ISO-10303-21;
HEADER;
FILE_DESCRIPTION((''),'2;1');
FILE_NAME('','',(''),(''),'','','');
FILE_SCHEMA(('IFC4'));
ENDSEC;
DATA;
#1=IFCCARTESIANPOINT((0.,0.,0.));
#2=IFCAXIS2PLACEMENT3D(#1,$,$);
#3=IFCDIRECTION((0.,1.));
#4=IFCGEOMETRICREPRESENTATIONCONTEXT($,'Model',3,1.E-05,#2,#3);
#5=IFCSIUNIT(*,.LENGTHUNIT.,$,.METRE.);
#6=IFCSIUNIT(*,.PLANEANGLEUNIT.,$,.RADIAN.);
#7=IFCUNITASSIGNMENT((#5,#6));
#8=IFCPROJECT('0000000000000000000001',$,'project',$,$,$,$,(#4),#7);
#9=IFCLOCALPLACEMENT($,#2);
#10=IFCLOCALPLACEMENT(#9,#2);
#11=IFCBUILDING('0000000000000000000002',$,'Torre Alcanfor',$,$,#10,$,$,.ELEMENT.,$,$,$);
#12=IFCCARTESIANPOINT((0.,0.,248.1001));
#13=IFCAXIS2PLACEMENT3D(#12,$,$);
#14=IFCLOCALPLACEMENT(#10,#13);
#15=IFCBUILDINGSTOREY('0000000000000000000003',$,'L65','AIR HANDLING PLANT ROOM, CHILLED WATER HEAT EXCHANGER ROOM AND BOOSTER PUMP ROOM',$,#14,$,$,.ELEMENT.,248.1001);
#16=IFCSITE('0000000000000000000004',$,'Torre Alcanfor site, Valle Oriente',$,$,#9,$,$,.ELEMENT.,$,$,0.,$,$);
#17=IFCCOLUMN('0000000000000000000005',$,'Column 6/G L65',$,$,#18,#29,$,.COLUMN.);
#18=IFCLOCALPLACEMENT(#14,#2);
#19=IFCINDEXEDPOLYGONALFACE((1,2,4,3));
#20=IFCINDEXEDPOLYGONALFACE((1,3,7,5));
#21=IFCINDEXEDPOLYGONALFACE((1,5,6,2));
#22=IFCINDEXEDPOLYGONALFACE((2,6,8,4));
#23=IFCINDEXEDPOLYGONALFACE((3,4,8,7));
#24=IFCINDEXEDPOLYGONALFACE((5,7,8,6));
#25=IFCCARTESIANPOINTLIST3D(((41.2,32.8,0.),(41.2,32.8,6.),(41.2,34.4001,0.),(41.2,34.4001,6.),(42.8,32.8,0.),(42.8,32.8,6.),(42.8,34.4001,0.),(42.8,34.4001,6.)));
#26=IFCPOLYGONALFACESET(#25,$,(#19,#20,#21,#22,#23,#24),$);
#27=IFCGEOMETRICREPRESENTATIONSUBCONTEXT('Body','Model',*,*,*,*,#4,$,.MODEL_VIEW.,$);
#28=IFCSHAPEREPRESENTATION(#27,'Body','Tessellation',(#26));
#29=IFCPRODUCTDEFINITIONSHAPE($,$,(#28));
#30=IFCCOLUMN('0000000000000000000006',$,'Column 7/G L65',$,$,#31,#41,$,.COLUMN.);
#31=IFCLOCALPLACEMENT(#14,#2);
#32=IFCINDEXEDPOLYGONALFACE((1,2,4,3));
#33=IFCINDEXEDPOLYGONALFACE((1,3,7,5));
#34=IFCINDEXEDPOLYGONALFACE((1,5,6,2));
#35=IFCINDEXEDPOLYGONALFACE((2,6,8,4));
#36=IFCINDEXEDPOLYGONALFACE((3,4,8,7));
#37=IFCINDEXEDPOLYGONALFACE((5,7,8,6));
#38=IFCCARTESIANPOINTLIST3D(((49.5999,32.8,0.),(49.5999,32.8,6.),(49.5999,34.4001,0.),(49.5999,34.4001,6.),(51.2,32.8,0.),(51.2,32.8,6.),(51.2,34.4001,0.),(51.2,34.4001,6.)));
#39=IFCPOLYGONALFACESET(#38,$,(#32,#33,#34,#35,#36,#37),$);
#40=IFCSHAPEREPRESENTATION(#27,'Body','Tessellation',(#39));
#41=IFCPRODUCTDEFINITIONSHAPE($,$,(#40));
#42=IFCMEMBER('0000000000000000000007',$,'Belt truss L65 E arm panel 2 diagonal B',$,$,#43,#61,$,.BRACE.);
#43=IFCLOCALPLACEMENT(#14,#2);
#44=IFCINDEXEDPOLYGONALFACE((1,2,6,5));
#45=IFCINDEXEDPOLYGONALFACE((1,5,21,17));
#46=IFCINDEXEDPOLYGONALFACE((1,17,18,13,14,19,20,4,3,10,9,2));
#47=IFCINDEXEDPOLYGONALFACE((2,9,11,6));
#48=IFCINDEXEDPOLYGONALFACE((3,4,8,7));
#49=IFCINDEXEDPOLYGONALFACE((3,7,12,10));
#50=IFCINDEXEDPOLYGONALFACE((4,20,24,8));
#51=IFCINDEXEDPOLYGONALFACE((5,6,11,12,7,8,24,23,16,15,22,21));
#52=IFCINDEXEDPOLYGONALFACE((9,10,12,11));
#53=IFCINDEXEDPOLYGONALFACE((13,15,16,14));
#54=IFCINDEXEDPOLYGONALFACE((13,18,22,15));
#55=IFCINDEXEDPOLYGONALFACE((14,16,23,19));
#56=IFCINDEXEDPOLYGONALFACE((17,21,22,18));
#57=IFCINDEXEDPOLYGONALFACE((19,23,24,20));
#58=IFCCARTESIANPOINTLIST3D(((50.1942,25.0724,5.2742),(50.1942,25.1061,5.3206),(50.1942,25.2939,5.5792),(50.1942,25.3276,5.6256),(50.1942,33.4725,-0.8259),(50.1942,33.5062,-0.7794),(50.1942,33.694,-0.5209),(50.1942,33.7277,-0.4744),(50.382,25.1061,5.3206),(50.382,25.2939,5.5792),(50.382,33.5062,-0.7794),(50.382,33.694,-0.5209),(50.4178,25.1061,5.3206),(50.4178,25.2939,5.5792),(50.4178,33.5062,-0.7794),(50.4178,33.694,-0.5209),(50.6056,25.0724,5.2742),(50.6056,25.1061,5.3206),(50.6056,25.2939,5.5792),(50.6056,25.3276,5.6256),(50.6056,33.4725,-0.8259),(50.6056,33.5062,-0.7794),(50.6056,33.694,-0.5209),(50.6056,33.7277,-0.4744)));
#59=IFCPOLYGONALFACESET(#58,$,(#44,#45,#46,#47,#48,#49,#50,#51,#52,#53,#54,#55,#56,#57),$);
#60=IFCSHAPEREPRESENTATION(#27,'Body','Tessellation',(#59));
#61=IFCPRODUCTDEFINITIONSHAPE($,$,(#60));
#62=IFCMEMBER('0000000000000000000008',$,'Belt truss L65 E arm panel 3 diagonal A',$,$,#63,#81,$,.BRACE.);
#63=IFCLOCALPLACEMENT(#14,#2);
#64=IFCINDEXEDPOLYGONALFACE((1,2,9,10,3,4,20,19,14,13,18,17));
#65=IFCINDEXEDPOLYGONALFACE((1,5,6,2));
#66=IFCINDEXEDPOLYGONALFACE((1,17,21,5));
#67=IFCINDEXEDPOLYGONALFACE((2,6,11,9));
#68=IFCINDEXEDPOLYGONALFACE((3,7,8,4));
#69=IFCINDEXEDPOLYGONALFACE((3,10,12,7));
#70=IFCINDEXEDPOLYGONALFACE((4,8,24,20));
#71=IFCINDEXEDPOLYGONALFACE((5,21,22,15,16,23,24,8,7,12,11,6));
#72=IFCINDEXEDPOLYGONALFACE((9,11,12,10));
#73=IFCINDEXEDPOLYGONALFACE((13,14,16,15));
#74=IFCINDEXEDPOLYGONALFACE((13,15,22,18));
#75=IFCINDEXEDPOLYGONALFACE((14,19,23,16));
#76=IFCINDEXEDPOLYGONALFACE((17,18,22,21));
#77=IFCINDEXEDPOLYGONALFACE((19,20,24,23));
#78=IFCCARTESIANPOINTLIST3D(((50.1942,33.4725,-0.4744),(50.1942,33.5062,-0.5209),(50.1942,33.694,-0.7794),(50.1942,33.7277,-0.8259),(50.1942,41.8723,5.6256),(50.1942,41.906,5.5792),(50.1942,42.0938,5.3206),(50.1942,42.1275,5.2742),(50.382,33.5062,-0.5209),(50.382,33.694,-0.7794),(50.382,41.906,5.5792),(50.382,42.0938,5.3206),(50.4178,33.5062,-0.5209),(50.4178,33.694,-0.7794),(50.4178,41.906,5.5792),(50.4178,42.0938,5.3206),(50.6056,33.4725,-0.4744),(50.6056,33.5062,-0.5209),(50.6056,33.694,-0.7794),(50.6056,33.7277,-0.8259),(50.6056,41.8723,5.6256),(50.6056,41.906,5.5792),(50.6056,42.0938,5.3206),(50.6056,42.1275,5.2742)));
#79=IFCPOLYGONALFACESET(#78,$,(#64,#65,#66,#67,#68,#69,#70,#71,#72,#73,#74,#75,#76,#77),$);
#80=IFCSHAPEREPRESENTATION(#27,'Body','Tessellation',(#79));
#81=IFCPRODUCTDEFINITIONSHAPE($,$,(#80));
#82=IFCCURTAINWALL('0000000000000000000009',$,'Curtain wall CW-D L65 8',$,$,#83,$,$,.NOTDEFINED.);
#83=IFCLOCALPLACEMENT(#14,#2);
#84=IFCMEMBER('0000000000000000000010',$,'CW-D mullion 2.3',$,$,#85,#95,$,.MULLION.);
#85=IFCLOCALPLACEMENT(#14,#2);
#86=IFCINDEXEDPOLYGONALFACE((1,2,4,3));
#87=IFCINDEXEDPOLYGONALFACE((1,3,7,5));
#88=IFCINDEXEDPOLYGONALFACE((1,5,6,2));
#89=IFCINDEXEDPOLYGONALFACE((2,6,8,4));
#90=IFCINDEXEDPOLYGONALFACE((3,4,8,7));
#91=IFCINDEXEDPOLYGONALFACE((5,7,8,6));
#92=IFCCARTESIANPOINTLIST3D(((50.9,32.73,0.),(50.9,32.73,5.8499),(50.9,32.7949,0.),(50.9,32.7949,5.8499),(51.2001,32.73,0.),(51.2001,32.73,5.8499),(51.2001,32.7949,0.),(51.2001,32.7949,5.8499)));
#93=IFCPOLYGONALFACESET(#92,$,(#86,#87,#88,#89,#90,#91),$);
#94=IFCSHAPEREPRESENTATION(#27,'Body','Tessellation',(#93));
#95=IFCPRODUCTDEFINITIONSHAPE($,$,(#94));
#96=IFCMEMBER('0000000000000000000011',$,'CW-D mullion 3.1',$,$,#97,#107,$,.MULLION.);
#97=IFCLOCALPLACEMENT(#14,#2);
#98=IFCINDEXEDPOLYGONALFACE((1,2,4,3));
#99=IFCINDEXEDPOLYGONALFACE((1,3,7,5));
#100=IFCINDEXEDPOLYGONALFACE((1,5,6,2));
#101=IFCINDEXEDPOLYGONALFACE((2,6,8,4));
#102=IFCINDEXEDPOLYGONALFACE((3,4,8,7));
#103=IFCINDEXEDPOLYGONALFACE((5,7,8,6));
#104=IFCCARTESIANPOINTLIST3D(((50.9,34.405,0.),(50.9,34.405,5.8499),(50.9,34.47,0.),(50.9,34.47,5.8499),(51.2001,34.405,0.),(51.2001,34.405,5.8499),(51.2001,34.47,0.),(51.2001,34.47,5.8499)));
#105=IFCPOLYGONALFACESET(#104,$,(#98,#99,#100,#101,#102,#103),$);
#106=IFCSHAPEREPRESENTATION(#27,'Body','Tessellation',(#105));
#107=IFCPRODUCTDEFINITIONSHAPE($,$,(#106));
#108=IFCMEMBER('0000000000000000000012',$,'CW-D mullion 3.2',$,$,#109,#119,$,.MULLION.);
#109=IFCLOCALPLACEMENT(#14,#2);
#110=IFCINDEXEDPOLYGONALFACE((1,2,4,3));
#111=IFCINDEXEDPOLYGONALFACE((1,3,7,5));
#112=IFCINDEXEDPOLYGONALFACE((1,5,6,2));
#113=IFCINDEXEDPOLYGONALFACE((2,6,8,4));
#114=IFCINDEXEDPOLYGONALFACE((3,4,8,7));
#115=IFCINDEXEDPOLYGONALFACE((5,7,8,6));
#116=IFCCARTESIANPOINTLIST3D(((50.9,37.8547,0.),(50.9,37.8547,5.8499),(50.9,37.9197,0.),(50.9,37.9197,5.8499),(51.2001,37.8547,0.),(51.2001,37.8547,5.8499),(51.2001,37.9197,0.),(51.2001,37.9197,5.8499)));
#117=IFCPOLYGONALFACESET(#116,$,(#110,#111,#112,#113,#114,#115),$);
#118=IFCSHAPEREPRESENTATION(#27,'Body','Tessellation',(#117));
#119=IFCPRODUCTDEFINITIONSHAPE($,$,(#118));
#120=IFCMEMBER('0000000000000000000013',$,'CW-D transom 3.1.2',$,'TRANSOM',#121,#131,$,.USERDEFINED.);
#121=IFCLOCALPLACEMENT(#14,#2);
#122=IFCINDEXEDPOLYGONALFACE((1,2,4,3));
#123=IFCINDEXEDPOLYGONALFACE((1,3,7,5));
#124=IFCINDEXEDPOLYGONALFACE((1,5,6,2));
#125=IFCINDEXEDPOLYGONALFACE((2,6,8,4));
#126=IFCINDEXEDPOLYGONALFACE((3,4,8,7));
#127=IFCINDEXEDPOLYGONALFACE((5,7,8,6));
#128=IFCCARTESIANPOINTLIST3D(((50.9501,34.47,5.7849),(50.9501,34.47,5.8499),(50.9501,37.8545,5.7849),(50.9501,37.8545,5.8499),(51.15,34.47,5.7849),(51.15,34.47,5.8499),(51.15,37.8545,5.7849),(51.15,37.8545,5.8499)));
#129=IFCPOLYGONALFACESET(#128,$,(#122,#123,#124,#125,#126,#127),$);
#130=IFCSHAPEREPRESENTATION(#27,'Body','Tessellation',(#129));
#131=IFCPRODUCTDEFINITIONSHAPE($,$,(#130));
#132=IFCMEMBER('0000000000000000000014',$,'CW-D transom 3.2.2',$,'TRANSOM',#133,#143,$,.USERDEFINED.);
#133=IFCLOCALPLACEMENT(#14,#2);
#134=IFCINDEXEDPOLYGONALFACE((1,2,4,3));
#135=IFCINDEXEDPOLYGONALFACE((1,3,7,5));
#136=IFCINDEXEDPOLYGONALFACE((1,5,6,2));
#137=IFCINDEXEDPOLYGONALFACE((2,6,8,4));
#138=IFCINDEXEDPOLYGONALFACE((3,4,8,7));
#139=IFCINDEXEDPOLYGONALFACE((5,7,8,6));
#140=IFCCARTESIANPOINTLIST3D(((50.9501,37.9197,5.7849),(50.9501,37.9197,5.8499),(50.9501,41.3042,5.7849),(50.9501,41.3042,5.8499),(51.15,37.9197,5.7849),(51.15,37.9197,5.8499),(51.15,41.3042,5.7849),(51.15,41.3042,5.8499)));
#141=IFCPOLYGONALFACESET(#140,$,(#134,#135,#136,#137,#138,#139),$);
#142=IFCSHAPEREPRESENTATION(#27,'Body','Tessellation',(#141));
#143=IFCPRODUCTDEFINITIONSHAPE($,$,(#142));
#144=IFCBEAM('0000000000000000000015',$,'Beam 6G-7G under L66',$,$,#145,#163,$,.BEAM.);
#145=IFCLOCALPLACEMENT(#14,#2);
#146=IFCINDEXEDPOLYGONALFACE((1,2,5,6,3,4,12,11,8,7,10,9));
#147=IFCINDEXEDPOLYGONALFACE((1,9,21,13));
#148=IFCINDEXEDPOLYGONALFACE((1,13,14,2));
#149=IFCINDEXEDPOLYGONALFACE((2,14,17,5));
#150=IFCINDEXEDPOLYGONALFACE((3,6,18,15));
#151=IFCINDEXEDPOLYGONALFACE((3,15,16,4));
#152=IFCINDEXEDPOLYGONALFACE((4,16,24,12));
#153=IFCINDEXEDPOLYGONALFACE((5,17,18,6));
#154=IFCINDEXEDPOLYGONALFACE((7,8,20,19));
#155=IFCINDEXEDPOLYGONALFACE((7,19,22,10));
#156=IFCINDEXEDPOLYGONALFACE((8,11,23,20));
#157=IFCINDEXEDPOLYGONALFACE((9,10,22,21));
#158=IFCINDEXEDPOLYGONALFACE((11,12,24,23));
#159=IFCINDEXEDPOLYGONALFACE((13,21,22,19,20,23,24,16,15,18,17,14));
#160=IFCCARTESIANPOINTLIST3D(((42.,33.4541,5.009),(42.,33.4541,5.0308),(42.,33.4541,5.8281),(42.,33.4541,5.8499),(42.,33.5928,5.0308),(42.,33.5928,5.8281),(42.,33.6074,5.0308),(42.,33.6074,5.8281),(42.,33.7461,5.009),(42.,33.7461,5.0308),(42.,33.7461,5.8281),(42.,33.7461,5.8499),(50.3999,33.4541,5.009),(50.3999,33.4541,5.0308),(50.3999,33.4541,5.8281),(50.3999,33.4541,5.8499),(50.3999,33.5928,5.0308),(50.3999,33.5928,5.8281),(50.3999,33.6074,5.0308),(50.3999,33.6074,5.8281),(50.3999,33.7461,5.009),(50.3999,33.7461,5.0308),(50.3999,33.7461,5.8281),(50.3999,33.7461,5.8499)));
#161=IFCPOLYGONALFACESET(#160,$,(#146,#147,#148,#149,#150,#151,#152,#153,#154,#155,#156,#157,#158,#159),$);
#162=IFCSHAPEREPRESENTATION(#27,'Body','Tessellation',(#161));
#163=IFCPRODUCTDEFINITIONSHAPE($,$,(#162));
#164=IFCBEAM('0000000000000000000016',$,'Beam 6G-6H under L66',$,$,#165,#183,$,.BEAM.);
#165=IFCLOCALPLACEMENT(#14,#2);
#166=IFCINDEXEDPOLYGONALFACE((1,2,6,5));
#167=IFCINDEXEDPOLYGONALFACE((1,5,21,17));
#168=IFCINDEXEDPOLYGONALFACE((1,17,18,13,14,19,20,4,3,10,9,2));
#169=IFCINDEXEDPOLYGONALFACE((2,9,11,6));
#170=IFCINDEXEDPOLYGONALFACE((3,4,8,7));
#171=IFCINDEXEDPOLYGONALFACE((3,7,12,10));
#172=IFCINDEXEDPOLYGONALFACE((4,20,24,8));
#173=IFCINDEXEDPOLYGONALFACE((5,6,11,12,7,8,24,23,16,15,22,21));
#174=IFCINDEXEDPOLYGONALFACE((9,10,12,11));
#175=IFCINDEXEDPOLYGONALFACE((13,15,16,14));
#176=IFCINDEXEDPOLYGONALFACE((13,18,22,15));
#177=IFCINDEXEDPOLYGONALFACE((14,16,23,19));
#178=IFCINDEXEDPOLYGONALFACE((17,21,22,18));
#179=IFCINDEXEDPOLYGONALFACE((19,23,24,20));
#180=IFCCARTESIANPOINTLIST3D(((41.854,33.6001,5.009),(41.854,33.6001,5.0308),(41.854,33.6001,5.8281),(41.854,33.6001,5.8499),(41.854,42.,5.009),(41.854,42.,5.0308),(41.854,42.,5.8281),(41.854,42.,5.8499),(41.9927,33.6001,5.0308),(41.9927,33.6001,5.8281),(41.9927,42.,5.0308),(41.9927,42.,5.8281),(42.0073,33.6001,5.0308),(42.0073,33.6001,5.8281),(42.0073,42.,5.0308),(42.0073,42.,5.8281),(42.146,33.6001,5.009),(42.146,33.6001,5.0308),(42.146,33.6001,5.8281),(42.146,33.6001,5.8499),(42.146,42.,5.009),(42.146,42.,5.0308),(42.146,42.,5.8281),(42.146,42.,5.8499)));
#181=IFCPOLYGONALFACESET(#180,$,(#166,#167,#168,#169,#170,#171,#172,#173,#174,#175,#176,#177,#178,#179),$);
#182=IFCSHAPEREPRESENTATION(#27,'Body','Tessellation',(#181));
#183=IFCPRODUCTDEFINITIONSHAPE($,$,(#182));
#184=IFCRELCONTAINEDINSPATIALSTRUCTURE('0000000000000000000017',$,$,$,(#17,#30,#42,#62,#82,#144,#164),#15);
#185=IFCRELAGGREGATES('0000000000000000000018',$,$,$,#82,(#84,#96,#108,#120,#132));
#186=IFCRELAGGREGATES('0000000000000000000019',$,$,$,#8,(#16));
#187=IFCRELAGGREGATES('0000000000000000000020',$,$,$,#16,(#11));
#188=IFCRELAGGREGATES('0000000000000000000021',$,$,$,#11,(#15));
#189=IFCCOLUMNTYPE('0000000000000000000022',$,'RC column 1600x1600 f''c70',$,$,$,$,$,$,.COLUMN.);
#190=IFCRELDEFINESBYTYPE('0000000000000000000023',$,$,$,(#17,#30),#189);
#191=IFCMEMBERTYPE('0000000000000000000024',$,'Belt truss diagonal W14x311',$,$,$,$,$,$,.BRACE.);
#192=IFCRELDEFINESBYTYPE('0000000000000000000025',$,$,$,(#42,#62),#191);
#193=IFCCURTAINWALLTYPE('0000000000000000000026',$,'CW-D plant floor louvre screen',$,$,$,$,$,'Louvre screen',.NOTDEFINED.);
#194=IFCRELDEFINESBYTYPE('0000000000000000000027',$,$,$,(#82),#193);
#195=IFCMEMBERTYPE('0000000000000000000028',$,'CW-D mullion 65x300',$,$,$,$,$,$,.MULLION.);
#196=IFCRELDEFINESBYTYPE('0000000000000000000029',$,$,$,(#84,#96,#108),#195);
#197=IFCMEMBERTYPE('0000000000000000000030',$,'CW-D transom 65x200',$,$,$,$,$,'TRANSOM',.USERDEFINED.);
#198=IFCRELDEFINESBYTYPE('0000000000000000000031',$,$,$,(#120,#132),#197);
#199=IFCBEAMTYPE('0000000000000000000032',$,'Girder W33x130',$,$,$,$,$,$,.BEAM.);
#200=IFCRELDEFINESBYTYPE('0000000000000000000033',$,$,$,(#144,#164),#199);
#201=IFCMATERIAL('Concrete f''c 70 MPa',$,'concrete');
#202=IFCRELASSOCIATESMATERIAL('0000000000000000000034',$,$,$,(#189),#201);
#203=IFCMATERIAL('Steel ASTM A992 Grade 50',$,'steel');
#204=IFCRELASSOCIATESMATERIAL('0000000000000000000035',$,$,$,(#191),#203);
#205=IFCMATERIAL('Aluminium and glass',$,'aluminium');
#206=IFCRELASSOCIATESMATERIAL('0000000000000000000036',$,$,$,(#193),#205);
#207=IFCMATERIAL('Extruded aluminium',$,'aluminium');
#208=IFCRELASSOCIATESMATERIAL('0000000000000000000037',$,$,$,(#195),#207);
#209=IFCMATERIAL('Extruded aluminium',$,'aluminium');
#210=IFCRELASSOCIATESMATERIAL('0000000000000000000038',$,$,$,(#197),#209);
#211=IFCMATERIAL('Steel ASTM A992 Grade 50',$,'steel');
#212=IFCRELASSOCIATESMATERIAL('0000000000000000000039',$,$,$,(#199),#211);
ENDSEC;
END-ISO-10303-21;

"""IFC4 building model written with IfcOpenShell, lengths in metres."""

from ifc_helpers import new_model, si_unit, direction, frame, origin, origin_2d, place, context, subcontext, project, spatial, rectangle, i_section, extrude, material, material_profile, profile_set, type_object, element, aggregate, save


model = new_model("IFC4")

# Units and contexts
model_context = context("Model", 3, precision=1e-05, world=origin(), true_north=direction((0.0, 1.0)))
body_context = subcontext(model_context, "Body", "Model", "MODEL_VIEW")
ifc_project = project(units=[si_unit("LENGTHUNIT", "METRE"), si_unit("PLANEANGLEUNIT", "RADIAN")], contexts=[model_context])

# Site, building, storey
site_placement = place(None, origin())
site = spatial("IfcSite", under=ifc_project, at=site_placement, Name="Torre Alcanfor site, Valle Oriente", CompositionType="ELEMENT", RefElevation=0.0)
building_placement = place(site_placement, origin())
building = spatial("IfcBuilding", under=site, at=building_placement, Name="Torre Alcanfor", CompositionType="ELEMENT")
storey_placement = place(building_placement, frame((0.0, 0.0, 248.1001)))
storey = spatial("IfcBuildingStorey", under=building, at=storey_placement, Name="L65", Description="AIR HANDLING PLANT ROOM, CHILLED WATER HEAT EXCHANGER ROOM AND BOOSTER PUMP ROOM", CompositionType="ELEMENT", Elevation=248.1001)

# Columns
ifc_material_1 = material(Name="Concrete f'c 70 MPa", Category="concrete")
ifc_material_profile_1 = material_profile(ifc_material_1, rectangle(XDim=1.6001, YDim=1.6001, at=origin_2d()), Name="1600x1600")
ifc_profile_set_1 = profile_set([ifc_material_profile_1], Name="Concrete f'c 70 MPa")
column_type = type_object("IfcColumnType", Name="RC column 1600x1600 f'c70", PredefinedType="COLUMN", material=ifc_profile_set_1)
for number, where, z_axis, x_axis, name in (
    (1, (42.0, 33.6001, 0.0), (0.0, 0.0, 1.0), (1.0, 0.0, 0.0), "Column 6/G L65"),
    (2, (50.3999, 33.6001, 0.0), (0.0, 0.0, 1.0), (1.0, 0.0, 0.0), "Column 7/G L65"),
):
    element("IfcColumn", number, at=place(storey_placement, frame(where, z_axis=z_axis, x_axis=x_axis)), inside=storey, type_object=column_type, Name=name, PredefinedType="COLUMN", context=body_context, shape_type="SweptSolid", body=[
        extrude(rectangle(XDim=1.6001, YDim=1.6001, at=origin_2d()), origin(), (0.0, 0.0, 1.0), 6.0),
    ])

# Members
ifc_material_2 = material(Name="Steel ASTM A992 Grade 50", Category="steel")
ifc_material_profile_2 = material_profile(ifc_material_2, i_section(OverallWidth=0.4114, OverallDepth=0.4343, WebThickness=0.0359, FlangeThickness=0.0574, at=origin_2d()), Name="W14x311")
ifc_profile_set_2 = profile_set([ifc_material_profile_2], Name="Steel ASTM A992 Grade 50")
member_type_1 = type_object("IfcMemberType", Name="Belt truss diagonal W14x311", PredefinedType="BRACE", material=ifc_profile_set_2)
member_1_placement = place(storey_placement, frame((50.3999, 33.6001, -0.6501), z_axis=(0.0, -0.809153, 0.587598), x_axis=(1.0, 0.0, 0.0)))
element("IfcMember", 3, at=member_1_placement, inside=storey, type_object=member_type_1, Name="Belt truss L65 E arm panel 2 diagonal B", PredefinedType="BRACE", context=body_context, shape_type="SweptSolid", body=[
    extrude(i_section(OverallWidth=0.4114, OverallDepth=0.4343, WebThickness=0.0359, FlangeThickness=0.0574, at=origin_2d()), origin(), (0.0, 0.0, 1.0), 10.3813),
])
member_2_placement = place(storey_placement, frame((50.3999, 33.6001, -0.6501), z_axis=(0.0, 0.809145, 0.587609), x_axis=(-1.0, 0.0, 0.0)))
element("IfcMember", 4, at=member_2_placement, inside=storey, type_object=member_type_1, Name="Belt truss L65 E arm panel 3 diagonal A", PredefinedType="BRACE", context=body_context, shape_type="SweptSolid", body=[
    extrude(i_section(OverallWidth=0.4114, OverallDepth=0.4343, WebThickness=0.0359, FlangeThickness=0.0574, at=origin_2d()), origin(), (0.0, 0.0, 1.0), 10.3811),
])

# Curtain wall, members
ifc_material_3 = material(Name="Aluminium and glass", Category="aluminium")
curtain_wall_type = type_object("IfcCurtainWallType", Name="CW-D plant floor louvre screen", ElementType="Louvre screen", PredefinedType="NOTDEFINED", material=ifc_material_3)
curtain_wall_placement = place(storey_placement, origin())
curtain_wall = element("IfcCurtainWall", 5, at=curtain_wall_placement, inside=storey, type_object=curtain_wall_type, Name="Curtain wall CW-D L65 8", PredefinedType="NOTDEFINED")
ifc_material_4 = material(Name="Extruded aluminium", Category="aluminium")
ifc_material_profile_3 = material_profile(ifc_material_4, rectangle(XDim=0.3, YDim=0.0649, at=origin_2d()), Name="CW-D mullion 65x300")
ifc_profile_set_3 = profile_set([ifc_material_profile_3], Name="Extruded aluminium")
member_type_2 = type_object("IfcMemberType", Name="CW-D mullion 65x300", PredefinedType="MULLION", material=ifc_profile_set_3)
member_3_placement = place(storey_placement, frame((51.05, 32.7625, 0.0), z_axis=(0.0, 0.0, 1.0), x_axis=(-1.0, 0.0, 0.0)))
member_3 = element("IfcMember", 6, at=member_3_placement, type_object=member_type_2, Name="CW-D mullion 2.3", PredefinedType="MULLION", context=body_context, shape_type="SweptSolid", body=[
    extrude(rectangle(XDim=0.3, YDim=0.0649, at=origin_2d()), origin(), (0.0, 0.0, 1.0), 5.8499),
])
member_4_placement = place(storey_placement, frame((51.05, 34.4375, 0.0), z_axis=(0.0, 0.0, 1.0), x_axis=(-1.0, 0.0, 0.0)))
member_4 = element("IfcMember", 7, at=member_4_placement, type_object=member_type_2, Name="CW-D mullion 3.1", PredefinedType="MULLION", context=body_context, shape_type="SweptSolid", body=[
    extrude(rectangle(XDim=0.3, YDim=0.0649, at=origin_2d()), origin(), (0.0, 0.0, 1.0), 5.8499),
])
member_5_placement = place(storey_placement, frame((51.05, 37.8872, 0.0), z_axis=(0.0, 0.0, 1.0), x_axis=(-1.0, 0.0, 0.0)))
member_5 = element("IfcMember", 8, at=member_5_placement, type_object=member_type_2, Name="CW-D mullion 3.2", PredefinedType="MULLION", context=body_context, shape_type="SweptSolid", body=[
    extrude(rectangle(XDim=0.3, YDim=0.0649, at=origin_2d()), origin(), (0.0, 0.0, 1.0), 5.8499),
])
ifc_material_5 = material(Name="Extruded aluminium", Category="aluminium")
ifc_material_profile_4 = material_profile(ifc_material_5, rectangle(XDim=0.2, YDim=0.0649, at=origin_2d()), Name="CW-D transom 200x65")
ifc_profile_set_4 = profile_set([ifc_material_profile_4], Name="Extruded aluminium")
member_type_3 = type_object("IfcMemberType", Name="CW-D transom 65x200", ElementType="TRANSOM", PredefinedType="USERDEFINED", material=ifc_profile_set_4)
member_6_placement = place(storey_placement, frame((51.05, 34.47, 5.8174), z_axis=(0.0, 1.0, 0.0), x_axis=(-1.0, 0.0, 0.0)))
member_6 = element("IfcMember", 9, at=member_6_placement, type_object=member_type_3, Name="CW-D transom 3.1.2", ObjectType="TRANSOM", PredefinedType="USERDEFINED", context=body_context, shape_type="SweptSolid", body=[
    extrude(rectangle(XDim=0.2, YDim=0.0649, at=origin_2d()), origin(), (0.0, 0.0, 1.0), 3.3845),
])
member_7_placement = place(storey_placement, frame((51.05, 37.9197, 5.8174), z_axis=(0.0, 1.0, 0.0), x_axis=(-1.0, 0.0, 0.0)))
member_7 = element("IfcMember", 10, at=member_7_placement, type_object=member_type_3, Name="CW-D transom 3.2.2", ObjectType="TRANSOM", PredefinedType="USERDEFINED", context=body_context, shape_type="SweptSolid", body=[
    extrude(rectangle(XDim=0.2, YDim=0.0649, at=origin_2d()), origin(), (0.0, 0.0, 1.0), 3.3845),
])

# Beams
ifc_material_6 = material(Name="Steel ASTM A992 Grade 50", Category="steel")
ifc_material_profile_5 = material_profile(ifc_material_6, i_section(OverallWidth=0.292, OverallDepth=0.8408, WebThickness=0.0146, FlangeThickness=0.0217, at=origin_2d()), Name="W33x130")
ifc_profile_set_5 = profile_set([ifc_material_profile_5], Name="Steel ASTM A992 Grade 50")
beam_type_1 = type_object("IfcBeamType", Name="Girder W33x130", PredefinedType="BEAM", material=ifc_profile_set_5)
for number, where, z_axis, x_axis, name in (
    (11, (42.0, 33.6001, 5.4294), (1.0, 0.0, 0.0), (0.0, 1.0, 0.0), "Beam 6G-7G under L66"),
    (12, (42.0, 33.6001, 5.4294), (0.0, 1.0, 0.0), (-1.0, 0.0, 0.0), "Beam 6G-6H under L66"),
):
    element("IfcBeam", number, at=place(storey_placement, frame(where, z_axis=z_axis, x_axis=x_axis)), inside=storey, type_object=beam_type_1, Name=name, PredefinedType="BEAM", context=body_context, shape_type="SweptSolid", body=[
        extrude(i_section(OverallWidth=0.292, OverallDepth=0.8408, WebThickness=0.0146, FlangeThickness=0.0217, at=origin_2d()), origin(), (0.0, 0.0, 1.0), 8.3999),
    ])

aggregate(curtain_wall, [member_3, member_4, member_5, member_6, member_7])

save(model, "model.ifc")
